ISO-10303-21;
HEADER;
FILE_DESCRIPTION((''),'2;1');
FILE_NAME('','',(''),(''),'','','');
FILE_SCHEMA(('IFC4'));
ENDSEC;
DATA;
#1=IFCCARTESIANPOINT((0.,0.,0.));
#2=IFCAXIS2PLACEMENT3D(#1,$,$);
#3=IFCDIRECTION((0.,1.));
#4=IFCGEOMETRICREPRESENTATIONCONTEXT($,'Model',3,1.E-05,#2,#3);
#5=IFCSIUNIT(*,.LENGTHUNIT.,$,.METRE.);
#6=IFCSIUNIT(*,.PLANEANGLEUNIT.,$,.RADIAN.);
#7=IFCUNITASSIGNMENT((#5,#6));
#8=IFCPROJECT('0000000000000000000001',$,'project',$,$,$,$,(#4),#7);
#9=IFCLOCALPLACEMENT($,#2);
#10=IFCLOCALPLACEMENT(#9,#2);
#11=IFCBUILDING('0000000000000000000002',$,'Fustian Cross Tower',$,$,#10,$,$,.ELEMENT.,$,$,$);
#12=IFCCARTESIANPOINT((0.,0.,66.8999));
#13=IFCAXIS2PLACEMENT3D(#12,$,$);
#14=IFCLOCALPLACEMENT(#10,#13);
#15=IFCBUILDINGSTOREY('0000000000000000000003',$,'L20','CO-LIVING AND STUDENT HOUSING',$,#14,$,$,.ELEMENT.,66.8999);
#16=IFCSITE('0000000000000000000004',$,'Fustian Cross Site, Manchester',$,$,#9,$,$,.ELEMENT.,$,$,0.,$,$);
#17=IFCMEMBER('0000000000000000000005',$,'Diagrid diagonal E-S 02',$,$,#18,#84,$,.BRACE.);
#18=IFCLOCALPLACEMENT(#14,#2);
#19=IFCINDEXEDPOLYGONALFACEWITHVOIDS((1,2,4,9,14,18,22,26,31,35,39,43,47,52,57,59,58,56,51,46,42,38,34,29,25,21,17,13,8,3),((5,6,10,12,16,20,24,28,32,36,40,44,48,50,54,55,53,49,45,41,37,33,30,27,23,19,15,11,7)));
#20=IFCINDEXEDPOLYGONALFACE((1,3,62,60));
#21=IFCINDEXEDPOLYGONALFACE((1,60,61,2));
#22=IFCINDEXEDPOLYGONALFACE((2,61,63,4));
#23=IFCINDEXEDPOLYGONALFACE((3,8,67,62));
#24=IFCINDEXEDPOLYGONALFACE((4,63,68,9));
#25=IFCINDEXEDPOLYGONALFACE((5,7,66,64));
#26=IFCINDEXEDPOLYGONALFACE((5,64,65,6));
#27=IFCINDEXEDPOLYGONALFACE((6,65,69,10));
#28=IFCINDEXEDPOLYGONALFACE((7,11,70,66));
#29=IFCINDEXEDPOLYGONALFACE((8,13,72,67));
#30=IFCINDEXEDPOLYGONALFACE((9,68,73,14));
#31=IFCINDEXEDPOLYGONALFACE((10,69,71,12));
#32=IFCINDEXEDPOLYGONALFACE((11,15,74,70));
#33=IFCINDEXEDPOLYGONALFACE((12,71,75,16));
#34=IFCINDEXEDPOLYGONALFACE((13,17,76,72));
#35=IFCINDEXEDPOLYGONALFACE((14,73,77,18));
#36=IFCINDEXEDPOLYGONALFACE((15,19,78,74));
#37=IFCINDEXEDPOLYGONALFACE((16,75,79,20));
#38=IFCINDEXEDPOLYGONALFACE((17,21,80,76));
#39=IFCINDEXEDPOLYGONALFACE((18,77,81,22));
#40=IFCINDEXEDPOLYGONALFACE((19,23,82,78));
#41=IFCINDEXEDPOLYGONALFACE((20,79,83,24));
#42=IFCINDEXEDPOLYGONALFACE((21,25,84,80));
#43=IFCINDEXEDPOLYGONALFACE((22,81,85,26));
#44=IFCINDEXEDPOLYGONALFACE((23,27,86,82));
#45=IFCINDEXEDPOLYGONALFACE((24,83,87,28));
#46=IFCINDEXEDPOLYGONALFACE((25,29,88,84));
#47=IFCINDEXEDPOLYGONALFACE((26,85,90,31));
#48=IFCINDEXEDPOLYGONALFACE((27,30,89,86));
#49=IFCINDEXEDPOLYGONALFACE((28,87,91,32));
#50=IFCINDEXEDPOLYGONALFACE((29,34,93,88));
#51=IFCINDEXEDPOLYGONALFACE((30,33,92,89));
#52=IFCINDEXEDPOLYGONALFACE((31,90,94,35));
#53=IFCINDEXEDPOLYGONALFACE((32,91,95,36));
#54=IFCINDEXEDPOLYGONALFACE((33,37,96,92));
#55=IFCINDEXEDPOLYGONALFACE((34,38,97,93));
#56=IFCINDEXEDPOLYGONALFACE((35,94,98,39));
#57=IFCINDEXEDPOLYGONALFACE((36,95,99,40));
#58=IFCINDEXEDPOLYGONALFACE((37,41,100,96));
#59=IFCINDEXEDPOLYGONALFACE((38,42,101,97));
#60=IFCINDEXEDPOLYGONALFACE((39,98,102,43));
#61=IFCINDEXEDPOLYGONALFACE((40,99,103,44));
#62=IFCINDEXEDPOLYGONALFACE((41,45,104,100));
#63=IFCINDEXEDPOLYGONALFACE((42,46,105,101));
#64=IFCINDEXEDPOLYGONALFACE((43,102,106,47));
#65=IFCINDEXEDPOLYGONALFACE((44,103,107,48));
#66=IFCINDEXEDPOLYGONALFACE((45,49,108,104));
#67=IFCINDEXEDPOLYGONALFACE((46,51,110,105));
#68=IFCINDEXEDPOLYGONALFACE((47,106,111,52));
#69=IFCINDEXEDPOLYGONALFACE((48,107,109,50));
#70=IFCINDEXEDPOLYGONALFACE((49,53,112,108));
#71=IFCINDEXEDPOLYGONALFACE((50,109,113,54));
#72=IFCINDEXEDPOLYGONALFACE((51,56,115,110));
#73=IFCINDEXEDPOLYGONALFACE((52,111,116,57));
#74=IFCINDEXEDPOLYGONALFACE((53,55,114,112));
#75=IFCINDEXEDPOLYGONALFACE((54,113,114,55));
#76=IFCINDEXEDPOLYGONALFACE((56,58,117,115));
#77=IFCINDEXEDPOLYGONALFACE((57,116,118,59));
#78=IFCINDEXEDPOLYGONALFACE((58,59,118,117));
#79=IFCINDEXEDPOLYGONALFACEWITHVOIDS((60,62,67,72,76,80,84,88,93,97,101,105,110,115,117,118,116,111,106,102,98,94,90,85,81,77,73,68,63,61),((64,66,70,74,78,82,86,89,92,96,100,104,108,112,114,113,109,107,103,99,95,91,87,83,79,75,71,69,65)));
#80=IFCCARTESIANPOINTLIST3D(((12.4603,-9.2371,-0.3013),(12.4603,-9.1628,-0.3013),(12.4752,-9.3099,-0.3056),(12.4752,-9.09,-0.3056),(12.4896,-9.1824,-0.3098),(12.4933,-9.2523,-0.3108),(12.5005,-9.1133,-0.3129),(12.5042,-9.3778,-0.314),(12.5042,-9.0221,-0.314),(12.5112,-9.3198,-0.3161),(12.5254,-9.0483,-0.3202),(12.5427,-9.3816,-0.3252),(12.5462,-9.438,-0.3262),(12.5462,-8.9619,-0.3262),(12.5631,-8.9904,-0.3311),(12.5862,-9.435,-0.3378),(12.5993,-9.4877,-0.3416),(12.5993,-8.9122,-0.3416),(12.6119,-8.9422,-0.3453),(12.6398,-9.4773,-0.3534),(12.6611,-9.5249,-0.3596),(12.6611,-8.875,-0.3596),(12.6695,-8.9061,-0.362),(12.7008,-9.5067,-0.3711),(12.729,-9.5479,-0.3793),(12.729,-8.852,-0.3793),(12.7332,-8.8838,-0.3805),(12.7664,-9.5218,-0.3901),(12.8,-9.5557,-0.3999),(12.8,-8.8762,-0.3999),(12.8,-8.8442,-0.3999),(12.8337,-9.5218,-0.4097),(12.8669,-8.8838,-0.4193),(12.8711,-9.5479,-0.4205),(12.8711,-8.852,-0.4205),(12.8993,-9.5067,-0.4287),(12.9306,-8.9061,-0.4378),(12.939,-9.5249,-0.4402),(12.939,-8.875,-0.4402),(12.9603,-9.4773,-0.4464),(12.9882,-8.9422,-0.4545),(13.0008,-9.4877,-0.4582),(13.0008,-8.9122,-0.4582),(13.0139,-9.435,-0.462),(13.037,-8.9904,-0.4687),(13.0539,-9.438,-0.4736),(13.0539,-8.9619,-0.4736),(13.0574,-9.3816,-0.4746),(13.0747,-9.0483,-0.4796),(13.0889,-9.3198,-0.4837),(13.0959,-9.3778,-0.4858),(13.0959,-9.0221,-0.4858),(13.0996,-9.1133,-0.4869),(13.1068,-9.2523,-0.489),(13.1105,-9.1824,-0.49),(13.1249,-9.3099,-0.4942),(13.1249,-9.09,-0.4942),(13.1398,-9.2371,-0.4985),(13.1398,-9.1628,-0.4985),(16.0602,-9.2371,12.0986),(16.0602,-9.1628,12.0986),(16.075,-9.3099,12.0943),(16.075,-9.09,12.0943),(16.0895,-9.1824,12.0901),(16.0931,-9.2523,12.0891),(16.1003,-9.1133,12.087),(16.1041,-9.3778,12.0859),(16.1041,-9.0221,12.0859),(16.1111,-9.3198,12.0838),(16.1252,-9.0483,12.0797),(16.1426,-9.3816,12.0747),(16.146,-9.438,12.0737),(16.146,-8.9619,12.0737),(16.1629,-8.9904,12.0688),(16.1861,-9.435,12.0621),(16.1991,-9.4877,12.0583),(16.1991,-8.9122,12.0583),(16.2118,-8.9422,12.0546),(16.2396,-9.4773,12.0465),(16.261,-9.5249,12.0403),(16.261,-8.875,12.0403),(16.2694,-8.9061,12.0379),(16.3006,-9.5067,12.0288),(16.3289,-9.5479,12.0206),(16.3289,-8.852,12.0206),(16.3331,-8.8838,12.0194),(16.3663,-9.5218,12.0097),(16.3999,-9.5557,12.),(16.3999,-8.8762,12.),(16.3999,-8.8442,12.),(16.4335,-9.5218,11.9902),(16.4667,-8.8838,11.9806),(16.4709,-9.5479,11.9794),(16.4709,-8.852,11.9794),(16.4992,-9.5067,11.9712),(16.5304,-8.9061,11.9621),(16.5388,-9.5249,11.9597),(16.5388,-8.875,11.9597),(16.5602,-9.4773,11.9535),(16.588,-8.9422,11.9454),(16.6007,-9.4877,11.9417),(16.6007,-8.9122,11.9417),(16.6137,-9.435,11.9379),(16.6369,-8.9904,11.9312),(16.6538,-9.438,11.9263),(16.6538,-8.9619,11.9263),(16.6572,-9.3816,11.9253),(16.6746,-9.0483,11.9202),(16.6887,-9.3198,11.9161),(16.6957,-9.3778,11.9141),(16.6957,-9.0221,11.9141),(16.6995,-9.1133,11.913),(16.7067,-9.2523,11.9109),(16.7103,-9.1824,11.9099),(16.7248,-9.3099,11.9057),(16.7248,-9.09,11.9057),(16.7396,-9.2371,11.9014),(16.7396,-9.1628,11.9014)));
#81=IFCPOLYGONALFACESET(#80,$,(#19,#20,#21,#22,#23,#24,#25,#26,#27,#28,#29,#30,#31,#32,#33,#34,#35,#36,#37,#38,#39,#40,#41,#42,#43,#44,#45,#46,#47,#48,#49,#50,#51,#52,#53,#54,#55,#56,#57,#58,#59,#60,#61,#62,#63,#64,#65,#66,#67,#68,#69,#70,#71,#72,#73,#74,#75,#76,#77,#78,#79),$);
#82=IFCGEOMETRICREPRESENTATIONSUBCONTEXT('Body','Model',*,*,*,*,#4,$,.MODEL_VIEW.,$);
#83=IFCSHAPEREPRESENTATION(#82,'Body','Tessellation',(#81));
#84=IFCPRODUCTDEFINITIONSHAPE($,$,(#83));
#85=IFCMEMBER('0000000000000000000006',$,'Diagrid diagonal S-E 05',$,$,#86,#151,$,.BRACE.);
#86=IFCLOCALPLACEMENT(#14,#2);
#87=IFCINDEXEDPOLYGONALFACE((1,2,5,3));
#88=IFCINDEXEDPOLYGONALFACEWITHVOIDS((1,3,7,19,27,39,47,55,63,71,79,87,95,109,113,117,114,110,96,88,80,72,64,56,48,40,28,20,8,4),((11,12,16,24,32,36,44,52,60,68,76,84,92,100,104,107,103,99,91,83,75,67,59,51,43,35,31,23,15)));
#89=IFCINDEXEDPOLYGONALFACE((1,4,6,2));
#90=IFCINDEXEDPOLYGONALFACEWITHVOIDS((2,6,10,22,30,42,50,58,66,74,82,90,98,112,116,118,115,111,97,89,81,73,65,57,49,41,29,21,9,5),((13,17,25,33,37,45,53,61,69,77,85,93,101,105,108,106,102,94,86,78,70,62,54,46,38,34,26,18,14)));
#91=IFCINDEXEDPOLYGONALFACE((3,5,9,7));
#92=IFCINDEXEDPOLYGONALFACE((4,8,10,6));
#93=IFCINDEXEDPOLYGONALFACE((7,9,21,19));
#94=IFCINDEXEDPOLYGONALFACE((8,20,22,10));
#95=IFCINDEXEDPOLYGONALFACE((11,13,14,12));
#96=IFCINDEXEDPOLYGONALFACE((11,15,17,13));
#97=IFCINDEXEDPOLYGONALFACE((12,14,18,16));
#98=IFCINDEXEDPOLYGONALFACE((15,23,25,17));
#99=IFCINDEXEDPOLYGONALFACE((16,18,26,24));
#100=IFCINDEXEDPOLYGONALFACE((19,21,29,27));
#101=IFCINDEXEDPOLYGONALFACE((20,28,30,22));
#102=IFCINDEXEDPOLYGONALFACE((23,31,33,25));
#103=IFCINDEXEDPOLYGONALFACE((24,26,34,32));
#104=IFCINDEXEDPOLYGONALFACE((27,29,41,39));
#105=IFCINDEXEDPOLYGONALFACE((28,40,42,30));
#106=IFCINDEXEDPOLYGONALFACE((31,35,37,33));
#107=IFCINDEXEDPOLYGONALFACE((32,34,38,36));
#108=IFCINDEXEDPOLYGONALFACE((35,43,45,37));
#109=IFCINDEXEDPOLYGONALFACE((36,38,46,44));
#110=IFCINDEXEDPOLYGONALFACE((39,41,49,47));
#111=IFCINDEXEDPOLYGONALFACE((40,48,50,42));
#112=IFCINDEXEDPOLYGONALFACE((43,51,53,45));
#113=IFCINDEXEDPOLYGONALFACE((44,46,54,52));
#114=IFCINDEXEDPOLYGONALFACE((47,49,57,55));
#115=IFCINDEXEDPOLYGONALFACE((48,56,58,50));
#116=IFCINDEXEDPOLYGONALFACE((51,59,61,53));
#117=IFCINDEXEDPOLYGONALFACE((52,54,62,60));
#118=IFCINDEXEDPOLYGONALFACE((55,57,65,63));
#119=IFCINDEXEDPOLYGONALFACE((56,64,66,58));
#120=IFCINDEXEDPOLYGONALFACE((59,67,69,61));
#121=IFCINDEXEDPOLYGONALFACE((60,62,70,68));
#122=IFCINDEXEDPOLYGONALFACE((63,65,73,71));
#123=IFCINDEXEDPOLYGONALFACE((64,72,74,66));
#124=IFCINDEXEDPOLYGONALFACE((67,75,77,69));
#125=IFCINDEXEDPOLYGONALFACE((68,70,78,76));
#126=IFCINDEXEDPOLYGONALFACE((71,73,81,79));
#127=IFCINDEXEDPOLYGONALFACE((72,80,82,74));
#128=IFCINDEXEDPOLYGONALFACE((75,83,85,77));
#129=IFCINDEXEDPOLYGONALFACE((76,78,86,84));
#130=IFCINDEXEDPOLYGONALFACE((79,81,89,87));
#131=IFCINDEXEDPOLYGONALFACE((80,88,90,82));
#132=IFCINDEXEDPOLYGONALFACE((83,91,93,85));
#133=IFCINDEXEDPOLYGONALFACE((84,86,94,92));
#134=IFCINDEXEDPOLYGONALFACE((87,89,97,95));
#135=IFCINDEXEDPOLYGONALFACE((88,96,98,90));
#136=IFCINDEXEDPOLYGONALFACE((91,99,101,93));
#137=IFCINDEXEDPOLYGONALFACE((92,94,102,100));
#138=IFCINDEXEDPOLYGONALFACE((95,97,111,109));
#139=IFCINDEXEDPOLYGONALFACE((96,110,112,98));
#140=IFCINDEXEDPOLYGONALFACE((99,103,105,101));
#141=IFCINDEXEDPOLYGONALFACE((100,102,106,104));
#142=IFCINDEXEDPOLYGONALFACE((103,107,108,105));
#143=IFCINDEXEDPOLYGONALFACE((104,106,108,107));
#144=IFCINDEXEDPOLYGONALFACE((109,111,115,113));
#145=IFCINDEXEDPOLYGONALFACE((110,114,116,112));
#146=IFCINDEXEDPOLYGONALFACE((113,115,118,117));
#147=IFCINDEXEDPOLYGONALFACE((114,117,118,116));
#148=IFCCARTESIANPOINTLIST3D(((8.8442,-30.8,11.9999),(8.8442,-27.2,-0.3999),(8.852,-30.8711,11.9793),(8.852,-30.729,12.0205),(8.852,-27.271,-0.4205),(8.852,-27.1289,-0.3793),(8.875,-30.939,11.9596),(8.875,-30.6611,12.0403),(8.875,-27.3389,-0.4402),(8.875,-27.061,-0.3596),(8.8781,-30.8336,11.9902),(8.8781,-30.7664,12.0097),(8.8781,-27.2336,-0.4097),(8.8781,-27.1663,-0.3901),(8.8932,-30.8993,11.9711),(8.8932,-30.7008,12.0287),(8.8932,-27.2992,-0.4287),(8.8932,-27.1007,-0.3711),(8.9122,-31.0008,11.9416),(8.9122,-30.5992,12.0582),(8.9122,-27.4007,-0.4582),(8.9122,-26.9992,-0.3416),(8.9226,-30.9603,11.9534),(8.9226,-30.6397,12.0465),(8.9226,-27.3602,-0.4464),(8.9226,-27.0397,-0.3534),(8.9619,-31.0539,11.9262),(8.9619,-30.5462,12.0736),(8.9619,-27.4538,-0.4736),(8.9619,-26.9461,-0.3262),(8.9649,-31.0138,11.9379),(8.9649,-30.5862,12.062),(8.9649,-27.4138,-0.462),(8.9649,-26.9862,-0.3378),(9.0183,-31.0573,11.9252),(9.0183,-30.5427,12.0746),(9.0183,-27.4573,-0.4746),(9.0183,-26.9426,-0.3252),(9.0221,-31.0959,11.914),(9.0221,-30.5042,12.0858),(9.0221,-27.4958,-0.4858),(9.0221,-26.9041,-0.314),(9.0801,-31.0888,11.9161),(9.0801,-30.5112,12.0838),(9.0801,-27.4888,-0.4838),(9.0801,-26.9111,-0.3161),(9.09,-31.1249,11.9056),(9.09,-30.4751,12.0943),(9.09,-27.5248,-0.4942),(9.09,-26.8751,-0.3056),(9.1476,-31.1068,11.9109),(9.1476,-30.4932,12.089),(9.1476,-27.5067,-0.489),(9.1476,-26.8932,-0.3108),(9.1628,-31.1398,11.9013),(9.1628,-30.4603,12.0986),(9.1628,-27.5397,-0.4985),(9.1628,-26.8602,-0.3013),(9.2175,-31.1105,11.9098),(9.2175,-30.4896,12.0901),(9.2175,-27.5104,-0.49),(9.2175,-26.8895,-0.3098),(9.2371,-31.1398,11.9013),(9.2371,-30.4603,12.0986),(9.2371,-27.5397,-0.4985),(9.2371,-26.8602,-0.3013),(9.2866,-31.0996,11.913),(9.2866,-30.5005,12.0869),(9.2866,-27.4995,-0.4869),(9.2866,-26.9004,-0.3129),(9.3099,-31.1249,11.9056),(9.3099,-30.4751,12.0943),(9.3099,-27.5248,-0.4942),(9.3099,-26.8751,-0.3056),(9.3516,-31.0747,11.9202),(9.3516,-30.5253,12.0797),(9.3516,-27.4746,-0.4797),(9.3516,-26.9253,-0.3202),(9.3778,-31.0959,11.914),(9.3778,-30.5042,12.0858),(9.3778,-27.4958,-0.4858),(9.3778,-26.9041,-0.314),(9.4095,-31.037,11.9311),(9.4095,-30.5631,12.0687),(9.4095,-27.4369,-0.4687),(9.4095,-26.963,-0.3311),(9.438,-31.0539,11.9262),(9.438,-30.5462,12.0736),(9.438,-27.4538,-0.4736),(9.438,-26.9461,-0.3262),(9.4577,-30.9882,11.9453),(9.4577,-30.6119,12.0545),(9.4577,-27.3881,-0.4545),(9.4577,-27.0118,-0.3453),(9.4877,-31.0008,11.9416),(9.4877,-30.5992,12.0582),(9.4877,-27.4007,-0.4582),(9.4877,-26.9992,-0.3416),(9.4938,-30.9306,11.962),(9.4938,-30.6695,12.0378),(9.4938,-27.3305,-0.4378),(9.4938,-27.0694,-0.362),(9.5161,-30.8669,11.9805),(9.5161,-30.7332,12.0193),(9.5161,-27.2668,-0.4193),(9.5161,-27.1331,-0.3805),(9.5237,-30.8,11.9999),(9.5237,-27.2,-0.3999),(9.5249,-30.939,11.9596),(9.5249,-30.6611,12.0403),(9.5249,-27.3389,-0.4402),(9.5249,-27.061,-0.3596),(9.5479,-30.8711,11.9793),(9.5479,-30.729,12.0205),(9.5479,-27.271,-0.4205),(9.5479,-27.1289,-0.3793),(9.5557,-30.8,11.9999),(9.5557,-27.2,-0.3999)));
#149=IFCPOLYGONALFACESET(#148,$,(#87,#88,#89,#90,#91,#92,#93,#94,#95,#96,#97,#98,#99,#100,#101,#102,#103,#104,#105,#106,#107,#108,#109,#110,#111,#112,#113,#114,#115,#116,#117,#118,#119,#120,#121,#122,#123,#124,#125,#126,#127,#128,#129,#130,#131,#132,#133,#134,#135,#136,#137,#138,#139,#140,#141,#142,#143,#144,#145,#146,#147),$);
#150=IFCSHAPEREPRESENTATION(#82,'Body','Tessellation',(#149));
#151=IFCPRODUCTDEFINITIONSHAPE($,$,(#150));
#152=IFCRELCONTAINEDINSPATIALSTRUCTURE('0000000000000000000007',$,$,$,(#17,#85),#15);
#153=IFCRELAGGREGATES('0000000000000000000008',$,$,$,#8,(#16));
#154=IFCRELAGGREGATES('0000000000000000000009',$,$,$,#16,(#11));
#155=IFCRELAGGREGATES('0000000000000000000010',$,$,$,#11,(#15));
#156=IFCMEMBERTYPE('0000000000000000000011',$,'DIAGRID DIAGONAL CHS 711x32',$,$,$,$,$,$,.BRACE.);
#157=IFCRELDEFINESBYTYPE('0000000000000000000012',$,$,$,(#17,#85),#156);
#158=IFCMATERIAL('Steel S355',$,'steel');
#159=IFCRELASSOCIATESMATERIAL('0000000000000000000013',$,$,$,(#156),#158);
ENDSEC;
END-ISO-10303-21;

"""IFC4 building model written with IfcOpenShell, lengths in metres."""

from ifc_helpers import new_model, si_unit, direction, frame, origin, origin_2d, place, context, subcontext, project, spatial, hollow_circle, extrude, material, material_profile, profile_set, type_object, element, save


model = new_model("IFC4")

# Units and contexts
model_context = context("Model", 3, precision=1e-05, world=origin(), true_north=direction((0.0, 1.0)))
body_context = subcontext(model_context, "Body", "Model", "MODEL_VIEW")
ifc_project = project(units=[si_unit("LENGTHUNIT", "METRE"), si_unit("PLANEANGLEUNIT", "RADIAN")], contexts=[model_context])

# Site, building, storey
site_placement = place(None, origin())
site = spatial("IfcSite", under=ifc_project, at=site_placement, Name="Fustian Cross Site, Manchester", CompositionType="ELEMENT", RefElevation=0.0)
building_placement = place(site_placement, origin())
building = spatial("IfcBuilding", under=site, at=building_placement, Name="Fustian Cross Tower", CompositionType="ELEMENT")
storey_placement = place(building_placement, frame((0.0, 0.0, 66.8999)))
storey = spatial("IfcBuildingStorey", under=building, at=storey_placement, Name="L20", Description="CO-LIVING AND STUDENT HOUSING", CompositionType="ELEMENT", Elevation=66.8999)

# Members
ifc_material_1 = material(Name="Steel S355", Category="steel")
ifc_material_profile_1 = material_profile(ifc_material_1, hollow_circle(Radius=0.3557, WallThickness=0.032, at=origin_2d()), Name="CHS 711x32")
ifc_profile_set_1 = profile_set([ifc_material_profile_1], Name="Steel S355")
member_type_1 = type_object("IfcMemberType", Name="DIAGRID DIAGONAL CHS 711x32", PredefinedType="BRACE", material=ifc_profile_set_1)
for number, where, z_axis, x_axis, name in (
    (1, (12.8, -9.2, -0.3999), (0.278802, 0.0, 0.960349), (0.0, 1.0, 0.0), "Diagrid diagonal E-S 02"),
    (2, (9.2, -27.2, -0.3999), (0.0, -0.278819, 0.960344), (1.0, 0.0, 0.0), "Diagrid diagonal S-E 05"),
):
    element("IfcMember", number, at=place(storey_placement, frame(where, z_axis=z_axis, x_axis=x_axis)), inside=storey, type_object=member_type_1, Name=name, PredefinedType="BRACE", context=body_context, shape_type="SweptSolid", body=[
        extrude(hollow_circle(Radius=0.3557, WallThickness=0.032, at=origin_2d()), origin(), (0.0, 0.0, 1.0), 12.9119),
    ])

save(model, "model.ifc")
